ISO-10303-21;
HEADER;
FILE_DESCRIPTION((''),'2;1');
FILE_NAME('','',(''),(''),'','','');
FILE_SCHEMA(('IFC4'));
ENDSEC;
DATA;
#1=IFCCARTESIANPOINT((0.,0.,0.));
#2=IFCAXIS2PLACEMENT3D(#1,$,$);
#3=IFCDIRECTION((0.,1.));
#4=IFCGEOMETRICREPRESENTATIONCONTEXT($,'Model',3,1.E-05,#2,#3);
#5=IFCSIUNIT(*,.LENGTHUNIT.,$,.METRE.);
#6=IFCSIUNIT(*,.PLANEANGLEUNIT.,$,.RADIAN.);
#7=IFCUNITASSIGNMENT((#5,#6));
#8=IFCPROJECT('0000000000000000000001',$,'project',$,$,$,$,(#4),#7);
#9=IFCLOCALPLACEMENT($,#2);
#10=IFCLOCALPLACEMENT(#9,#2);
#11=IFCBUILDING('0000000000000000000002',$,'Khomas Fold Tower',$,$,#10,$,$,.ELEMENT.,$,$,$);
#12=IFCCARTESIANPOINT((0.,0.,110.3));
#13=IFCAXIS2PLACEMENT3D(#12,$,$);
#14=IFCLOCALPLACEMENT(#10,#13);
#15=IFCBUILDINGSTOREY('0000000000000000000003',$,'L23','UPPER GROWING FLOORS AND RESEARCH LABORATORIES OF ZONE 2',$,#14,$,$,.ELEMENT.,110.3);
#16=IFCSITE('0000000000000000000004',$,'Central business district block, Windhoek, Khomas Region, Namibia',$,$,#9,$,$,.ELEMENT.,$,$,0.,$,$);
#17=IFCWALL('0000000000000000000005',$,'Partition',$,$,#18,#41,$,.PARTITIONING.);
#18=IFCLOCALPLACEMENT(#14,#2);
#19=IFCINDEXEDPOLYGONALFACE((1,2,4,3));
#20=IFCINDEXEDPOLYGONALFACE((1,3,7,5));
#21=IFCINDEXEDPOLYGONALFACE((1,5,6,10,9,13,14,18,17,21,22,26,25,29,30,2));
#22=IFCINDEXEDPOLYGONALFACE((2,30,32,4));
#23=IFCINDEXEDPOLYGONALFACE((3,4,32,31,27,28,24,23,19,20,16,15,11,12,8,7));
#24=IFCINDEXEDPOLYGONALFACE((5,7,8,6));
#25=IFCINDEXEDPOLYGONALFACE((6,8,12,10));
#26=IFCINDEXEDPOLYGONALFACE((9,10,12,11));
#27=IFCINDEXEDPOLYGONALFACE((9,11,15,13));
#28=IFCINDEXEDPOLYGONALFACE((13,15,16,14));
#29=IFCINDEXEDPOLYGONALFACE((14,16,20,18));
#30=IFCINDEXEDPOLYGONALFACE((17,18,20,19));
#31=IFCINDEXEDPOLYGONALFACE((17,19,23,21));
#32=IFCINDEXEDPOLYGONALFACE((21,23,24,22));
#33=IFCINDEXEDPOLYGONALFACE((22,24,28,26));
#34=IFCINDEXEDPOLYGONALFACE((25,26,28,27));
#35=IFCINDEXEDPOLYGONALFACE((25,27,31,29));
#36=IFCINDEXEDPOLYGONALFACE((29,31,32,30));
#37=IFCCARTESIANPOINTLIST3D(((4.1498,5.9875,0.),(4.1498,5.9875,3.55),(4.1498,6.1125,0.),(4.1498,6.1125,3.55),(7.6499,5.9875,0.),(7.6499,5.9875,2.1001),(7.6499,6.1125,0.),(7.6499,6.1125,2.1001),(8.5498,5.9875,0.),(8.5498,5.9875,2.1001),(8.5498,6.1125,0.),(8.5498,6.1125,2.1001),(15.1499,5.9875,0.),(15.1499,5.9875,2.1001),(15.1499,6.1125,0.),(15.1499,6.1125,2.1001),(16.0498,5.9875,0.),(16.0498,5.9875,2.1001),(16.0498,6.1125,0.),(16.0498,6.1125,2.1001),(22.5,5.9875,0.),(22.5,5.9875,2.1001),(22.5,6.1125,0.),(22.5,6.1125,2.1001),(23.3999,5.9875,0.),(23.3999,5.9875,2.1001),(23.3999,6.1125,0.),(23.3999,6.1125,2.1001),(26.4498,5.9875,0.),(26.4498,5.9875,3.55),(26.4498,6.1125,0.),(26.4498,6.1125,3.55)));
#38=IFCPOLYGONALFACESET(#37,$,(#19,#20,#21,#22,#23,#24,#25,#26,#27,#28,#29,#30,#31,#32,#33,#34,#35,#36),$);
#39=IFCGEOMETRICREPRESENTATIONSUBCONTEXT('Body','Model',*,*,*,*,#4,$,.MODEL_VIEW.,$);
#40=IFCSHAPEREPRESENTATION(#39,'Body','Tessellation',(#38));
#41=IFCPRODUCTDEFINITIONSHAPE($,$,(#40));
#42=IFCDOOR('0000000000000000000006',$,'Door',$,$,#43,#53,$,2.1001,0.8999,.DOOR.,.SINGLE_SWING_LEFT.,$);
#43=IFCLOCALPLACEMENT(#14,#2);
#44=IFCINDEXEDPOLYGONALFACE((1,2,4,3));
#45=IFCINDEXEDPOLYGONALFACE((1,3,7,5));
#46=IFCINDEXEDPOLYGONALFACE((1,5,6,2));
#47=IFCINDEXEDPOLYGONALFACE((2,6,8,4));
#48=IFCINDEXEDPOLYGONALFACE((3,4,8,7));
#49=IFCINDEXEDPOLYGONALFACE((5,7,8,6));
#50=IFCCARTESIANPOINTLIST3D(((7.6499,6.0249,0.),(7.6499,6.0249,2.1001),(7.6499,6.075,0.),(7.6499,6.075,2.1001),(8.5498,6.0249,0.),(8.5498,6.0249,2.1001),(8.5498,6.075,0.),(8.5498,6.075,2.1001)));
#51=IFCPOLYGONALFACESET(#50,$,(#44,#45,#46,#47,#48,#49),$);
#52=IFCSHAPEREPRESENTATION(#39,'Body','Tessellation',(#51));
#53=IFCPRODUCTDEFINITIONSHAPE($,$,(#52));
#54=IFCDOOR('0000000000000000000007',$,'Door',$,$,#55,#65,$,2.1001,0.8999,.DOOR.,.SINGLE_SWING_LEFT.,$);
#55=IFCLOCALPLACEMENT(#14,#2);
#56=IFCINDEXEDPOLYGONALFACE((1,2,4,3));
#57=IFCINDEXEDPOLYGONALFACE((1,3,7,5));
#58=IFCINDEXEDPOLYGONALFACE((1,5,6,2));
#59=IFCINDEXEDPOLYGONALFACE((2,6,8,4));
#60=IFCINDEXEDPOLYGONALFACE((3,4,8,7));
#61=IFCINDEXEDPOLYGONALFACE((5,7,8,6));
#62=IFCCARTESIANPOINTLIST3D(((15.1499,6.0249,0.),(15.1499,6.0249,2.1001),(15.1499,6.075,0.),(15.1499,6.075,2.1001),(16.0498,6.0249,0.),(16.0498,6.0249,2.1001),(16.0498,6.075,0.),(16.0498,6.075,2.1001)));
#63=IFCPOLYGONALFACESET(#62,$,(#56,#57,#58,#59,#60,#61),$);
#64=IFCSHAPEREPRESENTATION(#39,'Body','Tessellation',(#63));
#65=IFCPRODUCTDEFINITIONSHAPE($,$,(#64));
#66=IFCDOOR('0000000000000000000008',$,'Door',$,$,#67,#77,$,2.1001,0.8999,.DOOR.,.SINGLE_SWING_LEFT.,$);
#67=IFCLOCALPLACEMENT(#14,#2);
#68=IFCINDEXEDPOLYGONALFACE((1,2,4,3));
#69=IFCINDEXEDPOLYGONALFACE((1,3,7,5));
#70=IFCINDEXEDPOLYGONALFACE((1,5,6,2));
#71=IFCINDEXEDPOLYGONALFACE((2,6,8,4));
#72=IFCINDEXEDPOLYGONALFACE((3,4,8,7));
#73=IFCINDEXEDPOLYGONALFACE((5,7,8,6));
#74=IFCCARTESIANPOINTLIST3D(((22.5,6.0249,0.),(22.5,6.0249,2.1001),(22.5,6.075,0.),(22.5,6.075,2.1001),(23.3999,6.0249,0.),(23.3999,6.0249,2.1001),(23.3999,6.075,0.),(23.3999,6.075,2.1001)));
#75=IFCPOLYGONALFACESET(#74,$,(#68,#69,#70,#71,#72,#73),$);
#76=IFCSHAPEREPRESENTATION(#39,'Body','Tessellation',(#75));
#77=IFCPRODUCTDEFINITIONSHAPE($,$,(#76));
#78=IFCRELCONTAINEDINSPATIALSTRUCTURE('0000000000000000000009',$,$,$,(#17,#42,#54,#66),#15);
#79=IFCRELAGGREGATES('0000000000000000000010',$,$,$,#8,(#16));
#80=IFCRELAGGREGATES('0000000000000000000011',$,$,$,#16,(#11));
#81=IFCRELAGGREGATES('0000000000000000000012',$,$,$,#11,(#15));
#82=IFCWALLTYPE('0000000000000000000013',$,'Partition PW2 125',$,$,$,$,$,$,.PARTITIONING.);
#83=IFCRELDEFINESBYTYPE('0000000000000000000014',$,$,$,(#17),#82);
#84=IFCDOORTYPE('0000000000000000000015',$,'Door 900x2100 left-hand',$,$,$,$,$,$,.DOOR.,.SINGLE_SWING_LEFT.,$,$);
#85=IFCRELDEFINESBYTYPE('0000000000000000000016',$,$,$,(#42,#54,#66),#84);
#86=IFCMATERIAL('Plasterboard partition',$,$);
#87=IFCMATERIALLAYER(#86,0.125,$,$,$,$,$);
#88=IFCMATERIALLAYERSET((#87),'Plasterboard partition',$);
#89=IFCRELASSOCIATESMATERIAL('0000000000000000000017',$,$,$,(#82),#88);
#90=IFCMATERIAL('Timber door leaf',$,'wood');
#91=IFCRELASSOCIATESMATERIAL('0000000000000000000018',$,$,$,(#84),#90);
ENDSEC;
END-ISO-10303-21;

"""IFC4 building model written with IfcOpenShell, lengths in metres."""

from ifc_helpers import new_model, si_unit, direction, frame, frame_2d, origin, place, context, subcontext, project, spatial, rectangle, extrude, source, transform, mapped, material, layer, layer_set, type_object, element, fill, save


model = new_model("IFC4")

# Units and contexts
model_context = context("Model", 3, precision=1e-05, world=origin(), true_north=direction((0.0, 1.0)))
body_context = subcontext(model_context, "Body", "Model", "MODEL_VIEW")
ifc_project = project(units=[si_unit("LENGTHUNIT", "METRE"), si_unit("PLANEANGLEUNIT", "RADIAN")], contexts=[model_context])

# Site, building, storey
site_placement = place(None, origin())
site = spatial("IfcSite", under=ifc_project, at=site_placement, Name="Central business district block, Windhoek, Khomas Region, Namibia", CompositionType="ELEMENT", RefElevation=0.0)
building_placement = place(site_placement, origin())
building = spatial("IfcBuilding", under=site, at=building_placement, Name="Khomas Fold Tower", CompositionType="ELEMENT")
storey_placement = place(building_placement, frame((0.0, 0.0, 110.3)))
storey = spatial("IfcBuildingStorey", under=building, at=storey_placement, Name="L23", Description="UPPER GROWING FLOORS AND RESEARCH LABORATORIES OF ZONE 2", CompositionType="ELEMENT", Elevation=110.3)

# Wall, openings, doors
ifc_material_1 = material(Name="Plasterboard partition")
ifc_layer_1 = layer(ifc_material_1, 0.125)
ifc_layer_set_1 = layer_set([ifc_layer_1], Name="Plasterboard partition")
wall_type_1 = type_object("IfcWallType", Name="Partition PW2 125", PredefinedType="PARTITIONING", material=ifc_layer_set_1)
shared_shape_1 = source(origin(), body_context, "Body", "SweptSolid", [
    extrude(rectangle(XDim=22.3, YDim=0.125, at=frame_2d((11.1499, 0.0))), origin(), (0.0, 0.0, 1.0), 3.55),
])
wall_1_placement = place(storey_placement, frame((4.1499, 6.05, 0.0), z_axis=(0.0, 0.0, 1.0), x_axis=(1.0, 0.0, 0.0)))
wall_1 = element("IfcWall", 1, at=wall_1_placement, inside=storey, type_object=wall_type_1, Name="Partition", PredefinedType="PARTITIONING", context=body_context, shape_type="MappedRepresentation", body=[
    mapped(shared_shape_1, transform((0.0, 0.0, 0.0))),
])
shared_shape_2 = source(origin(), body_context, "Body", "SweptSolid", [
    extrude(rectangle(XDim=0.8999, YDim=2.1001, at=frame_2d((0.45, 1.05))), frame((0.0, 0.0725, 0.0), z_axis=(0.0, -1.0, 0.0), x_axis=(1.0, 0.0, 0.0)), (0.0, 0.0, 1.0), 0.145),
])
opening_1_placement = place(wall_1_placement, frame((3.5, 0.0, 0.0)))
opening_1 = element("IfcOpeningElement", 2, at=opening_1_placement, cuts=wall_1, PredefinedType="OPENING", context=body_context, shape_type="MappedRepresentation", body=[
    mapped(shared_shape_2, transform((0.0, 0.0, 0.0))),
])
opening_2_placement = place(wall_1_placement, frame((11.0, 0.0, 0.0)))
opening_2 = element("IfcOpeningElement", 3, at=opening_2_placement, cuts=wall_1, PredefinedType="OPENING", context=body_context, shape_type="MappedRepresentation", body=[
    mapped(shared_shape_2, transform((0.0, 0.0, 0.0))),
])
opening_3_placement = place(wall_1_placement, frame((18.3501, 0.0, 0.0)))
opening_3 = element("IfcOpeningElement", 4, at=opening_3_placement, cuts=wall_1, PredefinedType="OPENING", context=body_context, shape_type="MappedRepresentation", body=[
    mapped(shared_shape_2, transform((0.0, 0.0, 0.0))),
])
ifc_material_2 = material(Name="Timber door leaf", Category="wood")
door_type = type_object("IfcDoorType", Name="Door 900x2100 left-hand", OperationType="SINGLE_SWING_LEFT", PredefinedType="DOOR", material=ifc_material_2)
shared_shape_3 = source(origin(), body_context, "Body", "SweptSolid", [
    extrude(rectangle(XDim=0.8999, YDim=2.1001, at=frame_2d((0.45, 1.05))), frame((0.0, 0.0249, 0.0), z_axis=(0.0, -1.0, 0.0), x_axis=(1.0, 0.0, 0.0)), (0.0, 0.0, 1.0), 0.05),
])
door_1_placement = place(opening_1_placement, origin())
door_1 = element("IfcDoor", 5, at=door_1_placement, inside=storey, type_object=door_type, Name="Door", OperationType="SINGLE_SWING_LEFT", OverallHeight=2.1001, OverallWidth=0.8999, PredefinedType="DOOR", context=body_context, shape_type="MappedRepresentation", body=[
    mapped(shared_shape_3, transform((0.0, 0.0, 0.0))),
])
fill(opening_1, door_1)
door_2_placement = place(opening_2_placement, origin())
door_2 = element("IfcDoor", 6, at=door_2_placement, inside=storey, type_object=door_type, Name="Door", OperationType="SINGLE_SWING_LEFT", OverallHeight=2.1001, OverallWidth=0.8999, PredefinedType="DOOR", context=body_context, shape_type="MappedRepresentation", body=[
    mapped(shared_shape_3, transform((0.0, 0.0, 0.0))),
])
fill(opening_2, door_2)
door_3_placement = place(opening_3_placement, origin())
door_3 = element("IfcDoor", 7, at=door_3_placement, inside=storey, type_object=door_type, Name="Door", OperationType="SINGLE_SWING_LEFT", OverallHeight=2.1001, OverallWidth=0.8999, PredefinedType="DOOR", context=body_context, shape_type="MappedRepresentation", body=[
    mapped(shared_shape_3, transform((0.0, 0.0, 0.0))),
])
fill(opening_3, door_3)

save(model, "model.ifc")
